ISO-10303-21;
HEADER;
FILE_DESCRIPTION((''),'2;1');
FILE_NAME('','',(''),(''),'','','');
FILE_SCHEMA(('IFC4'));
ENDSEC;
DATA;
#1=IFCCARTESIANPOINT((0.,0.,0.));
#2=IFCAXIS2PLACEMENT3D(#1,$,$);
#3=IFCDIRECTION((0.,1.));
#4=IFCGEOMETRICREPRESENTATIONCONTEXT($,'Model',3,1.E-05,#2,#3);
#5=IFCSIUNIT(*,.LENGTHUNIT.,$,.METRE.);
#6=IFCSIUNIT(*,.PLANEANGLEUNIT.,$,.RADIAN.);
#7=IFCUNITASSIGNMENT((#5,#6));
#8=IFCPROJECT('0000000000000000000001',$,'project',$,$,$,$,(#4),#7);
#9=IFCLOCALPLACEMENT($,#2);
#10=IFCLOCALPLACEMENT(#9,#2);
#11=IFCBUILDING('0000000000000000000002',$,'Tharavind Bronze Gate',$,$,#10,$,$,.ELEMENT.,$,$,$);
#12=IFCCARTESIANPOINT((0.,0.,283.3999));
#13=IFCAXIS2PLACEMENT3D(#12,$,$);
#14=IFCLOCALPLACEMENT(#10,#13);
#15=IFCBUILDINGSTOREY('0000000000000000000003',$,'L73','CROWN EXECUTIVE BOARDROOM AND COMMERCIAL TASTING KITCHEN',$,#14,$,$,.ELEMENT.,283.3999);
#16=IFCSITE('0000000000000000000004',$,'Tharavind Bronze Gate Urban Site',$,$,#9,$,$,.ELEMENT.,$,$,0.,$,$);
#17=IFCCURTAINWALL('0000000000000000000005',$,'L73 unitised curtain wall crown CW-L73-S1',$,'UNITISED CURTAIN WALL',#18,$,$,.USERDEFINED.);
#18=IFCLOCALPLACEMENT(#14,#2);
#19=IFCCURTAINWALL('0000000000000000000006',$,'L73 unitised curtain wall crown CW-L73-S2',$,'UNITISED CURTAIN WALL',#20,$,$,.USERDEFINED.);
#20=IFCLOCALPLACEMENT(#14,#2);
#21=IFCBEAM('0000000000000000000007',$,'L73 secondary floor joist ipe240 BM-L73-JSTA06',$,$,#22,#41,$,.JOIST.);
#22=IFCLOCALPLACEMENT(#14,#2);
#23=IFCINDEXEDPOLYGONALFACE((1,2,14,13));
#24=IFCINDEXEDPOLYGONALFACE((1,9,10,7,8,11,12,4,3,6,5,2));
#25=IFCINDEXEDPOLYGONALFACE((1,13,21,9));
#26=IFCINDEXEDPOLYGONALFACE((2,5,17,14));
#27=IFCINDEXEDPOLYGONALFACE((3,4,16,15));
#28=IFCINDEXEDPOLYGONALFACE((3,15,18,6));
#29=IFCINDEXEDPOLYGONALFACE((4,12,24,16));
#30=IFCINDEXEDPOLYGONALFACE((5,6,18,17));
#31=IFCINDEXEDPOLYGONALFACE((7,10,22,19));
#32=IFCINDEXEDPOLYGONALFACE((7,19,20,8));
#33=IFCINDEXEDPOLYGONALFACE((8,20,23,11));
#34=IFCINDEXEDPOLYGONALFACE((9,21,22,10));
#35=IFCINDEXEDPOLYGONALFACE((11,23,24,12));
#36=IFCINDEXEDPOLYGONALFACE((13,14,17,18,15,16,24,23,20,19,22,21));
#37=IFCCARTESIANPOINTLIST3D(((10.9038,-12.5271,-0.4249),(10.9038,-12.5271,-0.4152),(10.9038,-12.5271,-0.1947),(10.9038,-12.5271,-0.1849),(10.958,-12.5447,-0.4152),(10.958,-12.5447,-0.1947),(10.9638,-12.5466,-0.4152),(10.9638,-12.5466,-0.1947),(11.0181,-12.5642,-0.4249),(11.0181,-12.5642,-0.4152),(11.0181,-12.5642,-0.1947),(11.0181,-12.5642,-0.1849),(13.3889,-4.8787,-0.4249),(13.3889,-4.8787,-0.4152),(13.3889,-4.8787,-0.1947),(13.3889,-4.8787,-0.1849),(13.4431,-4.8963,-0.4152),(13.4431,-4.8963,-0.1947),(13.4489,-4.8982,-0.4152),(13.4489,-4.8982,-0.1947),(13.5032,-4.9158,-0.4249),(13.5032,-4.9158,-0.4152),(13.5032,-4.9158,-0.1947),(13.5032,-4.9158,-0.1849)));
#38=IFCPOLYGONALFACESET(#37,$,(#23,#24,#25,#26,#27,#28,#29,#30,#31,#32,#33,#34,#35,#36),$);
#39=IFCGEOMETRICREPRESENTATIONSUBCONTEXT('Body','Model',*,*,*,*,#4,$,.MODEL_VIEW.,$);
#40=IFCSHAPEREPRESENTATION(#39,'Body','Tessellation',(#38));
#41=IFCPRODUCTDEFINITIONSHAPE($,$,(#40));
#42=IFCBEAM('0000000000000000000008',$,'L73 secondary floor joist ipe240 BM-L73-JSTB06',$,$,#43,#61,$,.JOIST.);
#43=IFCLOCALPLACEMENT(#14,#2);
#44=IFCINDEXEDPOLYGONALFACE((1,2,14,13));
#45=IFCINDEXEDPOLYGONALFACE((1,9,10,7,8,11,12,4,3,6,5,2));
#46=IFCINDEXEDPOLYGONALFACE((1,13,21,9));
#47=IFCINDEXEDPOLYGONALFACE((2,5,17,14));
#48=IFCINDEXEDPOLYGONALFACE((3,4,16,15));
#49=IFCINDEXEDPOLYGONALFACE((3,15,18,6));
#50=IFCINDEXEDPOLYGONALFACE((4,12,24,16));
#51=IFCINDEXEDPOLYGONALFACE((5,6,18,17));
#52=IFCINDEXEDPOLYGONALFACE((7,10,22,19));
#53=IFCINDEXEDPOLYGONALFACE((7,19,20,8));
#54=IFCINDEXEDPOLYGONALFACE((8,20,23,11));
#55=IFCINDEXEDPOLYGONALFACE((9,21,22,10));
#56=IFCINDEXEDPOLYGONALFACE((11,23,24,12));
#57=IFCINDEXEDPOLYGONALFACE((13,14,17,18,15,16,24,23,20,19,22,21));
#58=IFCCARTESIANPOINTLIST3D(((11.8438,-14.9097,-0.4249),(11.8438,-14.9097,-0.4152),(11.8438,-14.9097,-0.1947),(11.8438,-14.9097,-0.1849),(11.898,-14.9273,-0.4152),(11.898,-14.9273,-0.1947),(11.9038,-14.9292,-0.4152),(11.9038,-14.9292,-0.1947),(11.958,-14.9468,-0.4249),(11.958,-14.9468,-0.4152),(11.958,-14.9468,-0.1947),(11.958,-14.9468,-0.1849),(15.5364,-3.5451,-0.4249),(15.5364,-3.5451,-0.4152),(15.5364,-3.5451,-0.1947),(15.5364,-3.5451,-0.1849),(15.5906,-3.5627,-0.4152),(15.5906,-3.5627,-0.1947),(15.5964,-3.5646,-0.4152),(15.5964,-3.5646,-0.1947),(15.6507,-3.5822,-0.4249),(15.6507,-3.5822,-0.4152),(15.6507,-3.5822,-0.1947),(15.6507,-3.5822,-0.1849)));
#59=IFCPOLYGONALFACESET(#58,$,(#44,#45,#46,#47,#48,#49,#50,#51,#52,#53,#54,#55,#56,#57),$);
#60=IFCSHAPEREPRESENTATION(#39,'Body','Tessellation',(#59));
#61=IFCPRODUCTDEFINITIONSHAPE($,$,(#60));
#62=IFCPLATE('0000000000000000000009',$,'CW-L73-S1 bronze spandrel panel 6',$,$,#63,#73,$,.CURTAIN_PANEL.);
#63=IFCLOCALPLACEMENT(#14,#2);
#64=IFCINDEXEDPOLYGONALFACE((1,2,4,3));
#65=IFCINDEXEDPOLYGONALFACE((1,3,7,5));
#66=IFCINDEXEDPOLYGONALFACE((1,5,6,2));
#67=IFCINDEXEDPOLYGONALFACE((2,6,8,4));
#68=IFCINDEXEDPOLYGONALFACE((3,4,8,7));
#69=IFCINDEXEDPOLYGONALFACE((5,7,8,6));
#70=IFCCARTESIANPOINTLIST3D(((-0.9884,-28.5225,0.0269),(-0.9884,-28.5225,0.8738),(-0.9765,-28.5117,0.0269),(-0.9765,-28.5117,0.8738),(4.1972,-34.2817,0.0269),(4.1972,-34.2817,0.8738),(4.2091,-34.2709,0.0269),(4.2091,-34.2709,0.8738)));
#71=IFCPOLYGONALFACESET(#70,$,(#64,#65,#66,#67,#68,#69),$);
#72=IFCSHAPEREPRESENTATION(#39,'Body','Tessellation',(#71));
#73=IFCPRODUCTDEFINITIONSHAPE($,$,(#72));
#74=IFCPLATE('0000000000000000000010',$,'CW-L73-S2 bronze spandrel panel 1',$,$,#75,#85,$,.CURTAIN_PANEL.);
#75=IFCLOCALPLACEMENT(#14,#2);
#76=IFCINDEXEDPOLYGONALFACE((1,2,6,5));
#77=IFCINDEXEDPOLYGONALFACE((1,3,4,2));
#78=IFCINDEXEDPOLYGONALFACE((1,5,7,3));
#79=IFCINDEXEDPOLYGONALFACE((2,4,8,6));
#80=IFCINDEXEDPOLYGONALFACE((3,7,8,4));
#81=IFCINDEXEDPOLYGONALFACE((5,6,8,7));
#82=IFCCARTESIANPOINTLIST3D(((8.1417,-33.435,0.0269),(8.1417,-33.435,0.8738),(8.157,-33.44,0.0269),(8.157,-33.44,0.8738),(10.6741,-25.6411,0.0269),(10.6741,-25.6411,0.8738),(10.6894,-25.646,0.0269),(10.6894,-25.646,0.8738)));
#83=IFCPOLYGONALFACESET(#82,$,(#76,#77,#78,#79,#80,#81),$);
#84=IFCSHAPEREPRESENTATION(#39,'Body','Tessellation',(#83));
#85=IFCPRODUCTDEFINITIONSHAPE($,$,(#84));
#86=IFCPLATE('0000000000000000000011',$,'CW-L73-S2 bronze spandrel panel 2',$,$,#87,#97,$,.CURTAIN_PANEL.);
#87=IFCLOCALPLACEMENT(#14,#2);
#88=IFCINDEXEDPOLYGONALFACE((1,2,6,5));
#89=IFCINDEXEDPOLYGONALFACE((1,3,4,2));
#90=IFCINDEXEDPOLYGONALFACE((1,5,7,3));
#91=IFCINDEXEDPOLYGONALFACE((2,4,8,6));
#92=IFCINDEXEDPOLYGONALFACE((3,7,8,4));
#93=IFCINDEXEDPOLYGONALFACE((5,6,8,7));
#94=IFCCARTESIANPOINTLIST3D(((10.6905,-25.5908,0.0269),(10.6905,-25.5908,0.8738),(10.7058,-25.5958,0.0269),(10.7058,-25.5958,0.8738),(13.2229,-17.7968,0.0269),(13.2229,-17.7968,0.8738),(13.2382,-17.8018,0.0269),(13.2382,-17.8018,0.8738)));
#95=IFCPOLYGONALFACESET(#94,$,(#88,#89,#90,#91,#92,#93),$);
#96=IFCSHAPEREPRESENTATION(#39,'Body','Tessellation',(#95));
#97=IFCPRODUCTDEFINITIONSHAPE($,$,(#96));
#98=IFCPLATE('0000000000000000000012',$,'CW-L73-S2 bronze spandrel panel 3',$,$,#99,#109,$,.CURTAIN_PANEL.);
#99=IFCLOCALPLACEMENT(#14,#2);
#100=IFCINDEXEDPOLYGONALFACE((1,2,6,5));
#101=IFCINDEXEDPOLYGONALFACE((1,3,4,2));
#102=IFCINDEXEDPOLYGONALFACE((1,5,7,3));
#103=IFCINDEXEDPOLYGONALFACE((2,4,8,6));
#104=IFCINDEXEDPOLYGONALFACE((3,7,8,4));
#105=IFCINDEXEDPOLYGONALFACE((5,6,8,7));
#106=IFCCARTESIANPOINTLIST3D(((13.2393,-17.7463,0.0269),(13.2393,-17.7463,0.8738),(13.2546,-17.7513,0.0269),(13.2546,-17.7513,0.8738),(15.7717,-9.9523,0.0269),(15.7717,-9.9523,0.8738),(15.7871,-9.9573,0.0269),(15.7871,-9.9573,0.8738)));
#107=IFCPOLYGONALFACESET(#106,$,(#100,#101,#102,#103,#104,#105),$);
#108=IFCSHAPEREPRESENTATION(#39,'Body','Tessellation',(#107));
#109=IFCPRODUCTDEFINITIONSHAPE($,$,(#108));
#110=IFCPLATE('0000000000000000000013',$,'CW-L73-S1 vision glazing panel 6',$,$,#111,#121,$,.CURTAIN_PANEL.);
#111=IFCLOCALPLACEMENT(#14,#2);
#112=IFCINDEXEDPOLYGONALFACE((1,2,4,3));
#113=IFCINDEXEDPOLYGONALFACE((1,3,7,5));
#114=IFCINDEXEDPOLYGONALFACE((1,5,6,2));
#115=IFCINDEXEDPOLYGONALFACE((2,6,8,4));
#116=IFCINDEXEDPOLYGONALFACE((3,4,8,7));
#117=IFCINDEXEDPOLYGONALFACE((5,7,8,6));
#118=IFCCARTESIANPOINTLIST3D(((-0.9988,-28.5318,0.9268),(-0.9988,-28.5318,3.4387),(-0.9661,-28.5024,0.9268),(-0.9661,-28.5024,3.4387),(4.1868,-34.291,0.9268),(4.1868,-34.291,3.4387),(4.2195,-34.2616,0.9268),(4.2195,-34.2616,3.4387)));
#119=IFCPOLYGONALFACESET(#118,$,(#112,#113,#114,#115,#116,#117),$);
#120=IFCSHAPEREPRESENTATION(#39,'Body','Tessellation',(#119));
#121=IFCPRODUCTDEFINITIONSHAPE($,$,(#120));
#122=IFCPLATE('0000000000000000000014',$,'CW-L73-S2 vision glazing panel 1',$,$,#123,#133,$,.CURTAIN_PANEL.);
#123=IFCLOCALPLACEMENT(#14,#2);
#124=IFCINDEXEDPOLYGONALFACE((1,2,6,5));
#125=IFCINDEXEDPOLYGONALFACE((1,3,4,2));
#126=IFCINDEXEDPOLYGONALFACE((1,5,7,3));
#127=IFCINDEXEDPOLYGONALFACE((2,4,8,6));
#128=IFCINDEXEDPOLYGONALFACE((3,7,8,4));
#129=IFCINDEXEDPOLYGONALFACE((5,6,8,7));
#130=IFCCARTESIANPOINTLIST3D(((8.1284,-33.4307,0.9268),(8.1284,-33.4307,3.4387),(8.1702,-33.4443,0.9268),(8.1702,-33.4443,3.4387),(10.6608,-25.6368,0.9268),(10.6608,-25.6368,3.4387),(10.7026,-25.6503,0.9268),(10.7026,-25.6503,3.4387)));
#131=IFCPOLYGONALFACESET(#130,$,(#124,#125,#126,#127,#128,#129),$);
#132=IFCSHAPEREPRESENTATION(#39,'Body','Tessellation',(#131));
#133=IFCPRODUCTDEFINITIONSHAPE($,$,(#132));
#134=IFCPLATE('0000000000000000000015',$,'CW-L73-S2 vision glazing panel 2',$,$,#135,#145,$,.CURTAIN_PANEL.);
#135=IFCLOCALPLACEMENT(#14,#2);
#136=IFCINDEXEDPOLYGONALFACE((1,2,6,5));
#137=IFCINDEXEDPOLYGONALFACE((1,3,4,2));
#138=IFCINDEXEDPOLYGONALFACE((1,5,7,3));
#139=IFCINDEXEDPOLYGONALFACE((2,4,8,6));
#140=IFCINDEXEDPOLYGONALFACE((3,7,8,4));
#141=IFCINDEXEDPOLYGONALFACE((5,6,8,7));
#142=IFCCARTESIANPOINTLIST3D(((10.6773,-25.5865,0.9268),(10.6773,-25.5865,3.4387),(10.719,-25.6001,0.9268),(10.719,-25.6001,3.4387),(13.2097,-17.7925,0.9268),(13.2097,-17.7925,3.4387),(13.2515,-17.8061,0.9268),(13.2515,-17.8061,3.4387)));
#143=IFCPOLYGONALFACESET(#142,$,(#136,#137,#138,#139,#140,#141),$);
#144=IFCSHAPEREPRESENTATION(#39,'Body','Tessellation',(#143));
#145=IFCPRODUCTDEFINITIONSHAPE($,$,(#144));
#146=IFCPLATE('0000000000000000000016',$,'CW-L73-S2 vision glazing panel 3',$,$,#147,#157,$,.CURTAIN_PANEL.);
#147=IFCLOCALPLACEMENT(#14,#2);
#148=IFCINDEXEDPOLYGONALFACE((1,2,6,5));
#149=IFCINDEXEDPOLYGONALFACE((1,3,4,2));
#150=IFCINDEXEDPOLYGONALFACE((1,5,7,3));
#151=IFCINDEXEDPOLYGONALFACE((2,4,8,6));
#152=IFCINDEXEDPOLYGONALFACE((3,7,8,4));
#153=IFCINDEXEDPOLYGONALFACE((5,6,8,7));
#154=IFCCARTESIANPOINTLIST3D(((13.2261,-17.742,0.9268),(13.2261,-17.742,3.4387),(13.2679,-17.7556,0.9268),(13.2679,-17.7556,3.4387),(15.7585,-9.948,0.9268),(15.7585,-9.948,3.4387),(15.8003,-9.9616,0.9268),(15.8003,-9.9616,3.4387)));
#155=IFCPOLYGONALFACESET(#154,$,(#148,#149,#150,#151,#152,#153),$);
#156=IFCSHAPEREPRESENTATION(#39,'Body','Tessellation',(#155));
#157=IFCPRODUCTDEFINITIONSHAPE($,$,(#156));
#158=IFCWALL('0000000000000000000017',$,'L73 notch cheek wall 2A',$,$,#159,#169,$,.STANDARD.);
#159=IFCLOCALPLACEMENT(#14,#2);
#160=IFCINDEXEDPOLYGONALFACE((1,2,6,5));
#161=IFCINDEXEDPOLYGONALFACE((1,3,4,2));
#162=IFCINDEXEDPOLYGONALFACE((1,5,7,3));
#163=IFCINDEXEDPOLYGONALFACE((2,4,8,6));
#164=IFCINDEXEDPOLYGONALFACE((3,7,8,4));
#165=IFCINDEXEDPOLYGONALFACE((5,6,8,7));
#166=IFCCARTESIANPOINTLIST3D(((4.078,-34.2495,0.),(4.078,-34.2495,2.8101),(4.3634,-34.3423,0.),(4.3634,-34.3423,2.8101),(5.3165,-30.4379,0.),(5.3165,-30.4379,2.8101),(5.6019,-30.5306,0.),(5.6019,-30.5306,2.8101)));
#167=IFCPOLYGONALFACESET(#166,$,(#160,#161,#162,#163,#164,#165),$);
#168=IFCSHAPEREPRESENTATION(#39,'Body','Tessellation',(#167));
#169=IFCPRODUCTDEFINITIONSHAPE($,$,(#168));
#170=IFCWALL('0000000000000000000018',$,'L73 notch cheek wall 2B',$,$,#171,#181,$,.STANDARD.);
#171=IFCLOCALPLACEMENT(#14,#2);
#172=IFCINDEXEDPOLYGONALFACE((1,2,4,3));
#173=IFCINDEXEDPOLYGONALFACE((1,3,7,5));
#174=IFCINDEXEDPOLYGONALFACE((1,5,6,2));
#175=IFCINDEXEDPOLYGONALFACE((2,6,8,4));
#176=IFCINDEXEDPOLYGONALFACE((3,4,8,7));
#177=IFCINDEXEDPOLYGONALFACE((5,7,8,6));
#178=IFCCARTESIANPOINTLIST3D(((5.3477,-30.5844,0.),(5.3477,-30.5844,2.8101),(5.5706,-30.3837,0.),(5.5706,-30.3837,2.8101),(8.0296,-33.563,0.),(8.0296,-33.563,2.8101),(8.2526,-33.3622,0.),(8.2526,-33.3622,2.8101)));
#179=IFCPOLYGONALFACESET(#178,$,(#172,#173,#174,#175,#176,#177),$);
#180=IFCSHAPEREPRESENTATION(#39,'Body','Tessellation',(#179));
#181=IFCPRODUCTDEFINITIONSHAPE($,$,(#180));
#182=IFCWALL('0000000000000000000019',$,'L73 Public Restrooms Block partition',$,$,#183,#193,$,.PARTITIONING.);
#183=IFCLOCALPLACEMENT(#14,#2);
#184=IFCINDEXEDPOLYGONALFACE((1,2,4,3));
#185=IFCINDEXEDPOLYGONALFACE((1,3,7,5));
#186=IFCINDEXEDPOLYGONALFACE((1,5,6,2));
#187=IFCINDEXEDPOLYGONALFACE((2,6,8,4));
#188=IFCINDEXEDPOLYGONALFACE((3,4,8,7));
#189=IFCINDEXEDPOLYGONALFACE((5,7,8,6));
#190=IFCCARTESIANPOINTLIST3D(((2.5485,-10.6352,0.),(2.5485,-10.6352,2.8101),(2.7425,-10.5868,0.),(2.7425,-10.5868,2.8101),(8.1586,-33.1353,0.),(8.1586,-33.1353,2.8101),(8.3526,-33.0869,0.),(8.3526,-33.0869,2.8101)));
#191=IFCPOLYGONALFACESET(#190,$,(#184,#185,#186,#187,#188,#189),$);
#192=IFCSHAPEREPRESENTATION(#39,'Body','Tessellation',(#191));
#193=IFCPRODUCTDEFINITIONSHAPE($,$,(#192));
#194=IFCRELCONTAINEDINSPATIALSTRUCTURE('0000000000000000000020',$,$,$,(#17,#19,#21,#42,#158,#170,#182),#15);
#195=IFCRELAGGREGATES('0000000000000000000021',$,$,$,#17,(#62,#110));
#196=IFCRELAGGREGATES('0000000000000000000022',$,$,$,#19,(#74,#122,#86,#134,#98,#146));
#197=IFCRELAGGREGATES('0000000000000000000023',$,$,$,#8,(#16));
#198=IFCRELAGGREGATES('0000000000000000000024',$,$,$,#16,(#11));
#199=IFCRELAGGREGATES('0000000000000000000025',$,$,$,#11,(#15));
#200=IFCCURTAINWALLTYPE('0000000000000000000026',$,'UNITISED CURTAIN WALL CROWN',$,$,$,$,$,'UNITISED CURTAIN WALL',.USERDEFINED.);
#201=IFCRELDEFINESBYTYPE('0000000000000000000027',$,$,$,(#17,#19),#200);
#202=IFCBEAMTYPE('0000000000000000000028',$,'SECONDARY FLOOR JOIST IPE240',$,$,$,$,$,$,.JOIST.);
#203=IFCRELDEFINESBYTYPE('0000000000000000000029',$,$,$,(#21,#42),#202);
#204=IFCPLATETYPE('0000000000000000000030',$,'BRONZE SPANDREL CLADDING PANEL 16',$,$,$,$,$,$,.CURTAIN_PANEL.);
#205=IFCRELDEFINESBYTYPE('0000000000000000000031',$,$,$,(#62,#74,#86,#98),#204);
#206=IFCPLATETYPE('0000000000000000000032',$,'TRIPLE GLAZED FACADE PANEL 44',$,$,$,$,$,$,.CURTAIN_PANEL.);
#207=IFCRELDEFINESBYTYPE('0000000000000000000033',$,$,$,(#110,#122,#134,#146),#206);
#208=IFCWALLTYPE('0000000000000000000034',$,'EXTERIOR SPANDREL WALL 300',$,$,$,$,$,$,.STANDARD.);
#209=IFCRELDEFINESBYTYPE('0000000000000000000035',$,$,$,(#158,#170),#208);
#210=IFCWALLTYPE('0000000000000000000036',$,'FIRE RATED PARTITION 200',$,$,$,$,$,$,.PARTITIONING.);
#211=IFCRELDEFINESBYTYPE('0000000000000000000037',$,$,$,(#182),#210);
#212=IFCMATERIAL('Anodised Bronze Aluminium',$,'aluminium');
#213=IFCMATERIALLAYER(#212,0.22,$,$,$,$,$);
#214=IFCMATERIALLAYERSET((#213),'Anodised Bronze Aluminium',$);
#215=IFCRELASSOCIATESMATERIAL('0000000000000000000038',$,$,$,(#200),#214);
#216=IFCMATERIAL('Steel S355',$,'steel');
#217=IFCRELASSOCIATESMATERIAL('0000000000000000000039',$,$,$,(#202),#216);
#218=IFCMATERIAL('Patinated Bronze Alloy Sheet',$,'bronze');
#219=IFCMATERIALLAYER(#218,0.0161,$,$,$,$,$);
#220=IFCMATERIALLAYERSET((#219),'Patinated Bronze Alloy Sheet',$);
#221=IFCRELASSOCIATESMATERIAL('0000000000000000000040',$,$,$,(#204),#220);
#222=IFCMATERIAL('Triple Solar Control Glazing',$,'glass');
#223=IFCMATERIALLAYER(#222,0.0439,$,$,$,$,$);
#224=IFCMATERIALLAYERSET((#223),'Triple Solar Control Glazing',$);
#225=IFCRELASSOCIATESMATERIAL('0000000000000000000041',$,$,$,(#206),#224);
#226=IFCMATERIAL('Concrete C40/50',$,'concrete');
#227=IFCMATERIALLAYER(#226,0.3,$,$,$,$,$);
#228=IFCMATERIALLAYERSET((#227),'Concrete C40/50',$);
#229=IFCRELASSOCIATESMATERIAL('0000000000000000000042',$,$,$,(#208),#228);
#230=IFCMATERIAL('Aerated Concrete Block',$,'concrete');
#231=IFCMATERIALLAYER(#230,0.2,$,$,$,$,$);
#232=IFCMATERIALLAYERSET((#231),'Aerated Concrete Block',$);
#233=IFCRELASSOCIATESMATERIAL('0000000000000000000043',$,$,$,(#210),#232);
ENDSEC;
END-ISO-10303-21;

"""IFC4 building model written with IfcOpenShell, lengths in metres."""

from ifc_helpers import new_model, si_unit, direction, frame, frame_2d, origin, origin_2d, place, context, subcontext, project, spatial, rectangle, i_section, extrude, material, layer, layer_set, material_profile, profile_set, type_object, element, aggregate, save


model = new_model("IFC4")

# Units and contexts
model_context = context("Model", 3, precision=1e-05, world=origin(), true_north=direction((0.0, 1.0)))
body_context = subcontext(model_context, "Body", "Model", "MODEL_VIEW")
ifc_project = project(units=[si_unit("LENGTHUNIT", "METRE"), si_unit("PLANEANGLEUNIT", "RADIAN")], contexts=[model_context])

# Site, building, storey
site_placement = place(None, origin())
site = spatial("IfcSite", under=ifc_project, at=site_placement, Name="Tharavind Bronze Gate Urban Site", CompositionType="ELEMENT", RefElevation=0.0)
building_placement = place(site_placement, origin())
building = spatial("IfcBuilding", under=site, at=building_placement, Name="Tharavind Bronze Gate", CompositionType="ELEMENT")
storey_placement = place(building_placement, frame((0.0, 0.0, 283.3999)))
storey = spatial("IfcBuildingStorey", under=building, at=storey_placement, Name="L73", Description="CROWN EXECUTIVE BOARDROOM AND COMMERCIAL TASTING KITCHEN", CompositionType="ELEMENT", Elevation=283.3999)

# Curtain wall
ifc_material_1 = material(Name="Anodised Bronze Aluminium", Category="aluminium")
ifc_layer_1 = layer(ifc_material_1, 0.22)
ifc_layer_set_1 = layer_set([ifc_layer_1], Name="Anodised Bronze Aluminium")
curtain_wall_type = type_object("IfcCurtainWallType", Name="UNITISED CURTAIN WALL CROWN", ElementType="UNITISED CURTAIN WALL", PredefinedType="USERDEFINED", material=ifc_layer_set_1)
curtain_wall_1_placement = place(storey_placement, origin())
curtain_wall_1 = element("IfcCurtainWall", 1, at=curtain_wall_1_placement, inside=storey, type_object=curtain_wall_type, Name="L73 unitised curtain wall crown CW-L73-S1", ObjectType="UNITISED CURTAIN WALL", PredefinedType="USERDEFINED")

# Curtain wall
curtain_wall_2_placement = place(storey_placement, origin())
curtain_wall_2 = element("IfcCurtainWall", 2, at=curtain_wall_2_placement, inside=storey, type_object=curtain_wall_type, Name="L73 unitised curtain wall crown CW-L73-S2", ObjectType="UNITISED CURTAIN WALL", PredefinedType="USERDEFINED")

# Beams
ifc_material_2 = material(Name="Steel S355", Category="steel")
ifc_material_profile_1 = material_profile(ifc_material_2, i_section(OverallWidth=0.1201, OverallDepth=0.24, WebThickness=0.0061, FlangeThickness=0.0098, at=origin_2d()), Name="IPE240")
ifc_profile_set_1 = profile_set([ifc_material_profile_1], Name="Steel S355")
beam_type_1 = type_object("IfcBeamType", Name="SECONDARY FLOOR JOIST IPE240", PredefinedType="JOIST", material=ifc_profile_set_1)
beam_1_placement = place(storey_placement, frame((10.9609, -12.5457, -0.3049), z_axis=(0.309015, 0.951057, 0.0), x_axis=(-0.951057, 0.309015, 0.0)))
element("IfcBeam", 3, at=beam_1_placement, inside=storey, type_object=beam_type_1, Name="L73 secondary floor joist ipe240 BM-L73-JSTA06", PredefinedType="JOIST", context=body_context, shape_type="SweptSolid", body=[
    extrude(i_section(OverallWidth=0.1201, OverallDepth=0.24, WebThickness=0.0061, FlangeThickness=0.0098, at=origin_2d()), origin(), (0.0, 0.0, 1.0), 8.042),
])
beam_2_placement = place(storey_placement, frame((11.9009, -14.9282, -0.3049), z_axis=(0.309023, 0.951055, 0.0), x_axis=(-0.951055, 0.309023, 0.0)))
element("IfcBeam", 4, at=beam_2_placement, inside=storey, type_object=beam_type_1, Name="L73 secondary floor joist ipe240 BM-L73-JSTB06", PredefinedType="JOIST", context=body_context, shape_type="SweptSolid", body=[
    extrude(i_section(OverallWidth=0.1201, OverallDepth=0.24, WebThickness=0.0061, FlangeThickness=0.0098, at=origin_2d()), origin(), (0.0, 0.0, 1.0), 11.9495),
])

# Plates
ifc_material_3 = material(Name="Patinated Bronze Alloy Sheet", Category="bronze")
ifc_layer_2 = layer(ifc_material_3, 0.0161)
ifc_layer_set_2 = layer_set([ifc_layer_2], Name="Patinated Bronze Alloy Sheet")
plate_type_1 = type_object("IfcPlateType", Name="BRONZE SPANDREL CLADDING PANEL 16", PredefinedType="CURTAIN_PANEL", material=ifc_layer_set_2)
plate_1_placement = place(storey_placement, frame((1.6104, -31.3967, 0.0269), z_axis=(0.0, 0.0, 1.0), x_axis=(0.669131, -0.743145, 0.0)))
plate_1 = element("IfcPlate", 5, at=plate_1_placement, type_object=plate_type_1, Name="CW-L73-S1 bronze spandrel panel 6", PredefinedType="CURTAIN_PANEL", context=body_context, shape_type="SweptSolid", body=[
    extrude(rectangle(XDim=7.7498, YDim=0.0161, at=origin_2d()), origin(), (0.0, 0.0, 1.0), 0.8469),
])
plate_2_placement = place(storey_placement, frame((9.4155, -29.5405, 0.0269), z_axis=(0.0, 0.0, 1.0), x_axis=(0.309017, 0.951057, 0.0)))
plate_2 = element("IfcPlate", 6, at=plate_2_placement, type_object=plate_type_1, Name="CW-L73-S2 bronze spandrel panel 1", PredefinedType="CURTAIN_PANEL", context=body_context, shape_type="SweptSolid", body=[
    extrude(rectangle(XDim=8.1951, YDim=0.0161, at=origin_2d()), origin(), (0.0, 0.0, 1.0), 0.8469),
])
plate_3_placement = place(storey_placement, frame((11.9644, -21.6963, 0.0269), z_axis=(0.0, 0.0, 1.0), x_axis=(0.309017, 0.951057, 0.0)))
plate_3 = element("IfcPlate", 7, at=plate_3_placement, type_object=plate_type_1, Name="CW-L73-S2 bronze spandrel panel 2", PredefinedType="CURTAIN_PANEL", context=body_context, shape_type="SweptSolid", body=[
    extrude(rectangle(XDim=8.1951, YDim=0.0161, at=origin_2d()), origin(), (0.0, 0.0, 1.0), 0.8469),
])
plate_4_placement = place(storey_placement, frame((14.5132, -13.8518, 0.0269), z_axis=(0.0, 0.0, 1.0), x_axis=(0.309017, 0.951057, 0.0)))
plate_4 = element("IfcPlate", 8, at=plate_4_placement, type_object=plate_type_1, Name="CW-L73-S2 bronze spandrel panel 3", PredefinedType="CURTAIN_PANEL", context=body_context, shape_type="SweptSolid", body=[
    extrude(rectangle(XDim=8.1951, YDim=0.0161, at=origin_2d()), origin(), (0.0, 0.0, 1.0), 0.8469),
])
ifc_material_4 = material(Name="Triple Solar Control Glazing", Category="glass")
ifc_layer_3 = layer(ifc_material_4, 0.0439)
ifc_layer_set_3 = layer_set([ifc_layer_3], Name="Triple Solar Control Glazing")
plate_type_2 = type_object("IfcPlateType", Name="TRIPLE GLAZED FACADE PANEL 44", PredefinedType="CURTAIN_PANEL", material=ifc_layer_set_3)
plate_5_placement = place(storey_placement, frame((1.6104, -31.3967, 0.9268), z_axis=(0.0, 0.0, 1.0), x_axis=(0.669131, -0.743145, 0.0)))
plate_5 = element("IfcPlate", 9, at=plate_5_placement, type_object=plate_type_2, Name="CW-L73-S1 vision glazing panel 6", PredefinedType="CURTAIN_PANEL", context=body_context, shape_type="SweptSolid", body=[
    extrude(rectangle(XDim=7.7498, YDim=0.0439, at=origin_2d()), origin(), (0.0, 0.0, 1.0), 2.512),
])
aggregate(curtain_wall_1, [plate_1, plate_5])
plate_6_placement = place(storey_placement, frame((9.4155, -29.5405, 0.9268), z_axis=(0.0, 0.0, 1.0), x_axis=(0.309017, 0.951057, 0.0)))
plate_6 = element("IfcPlate", 10, at=plate_6_placement, type_object=plate_type_2, Name="CW-L73-S2 vision glazing panel 1", PredefinedType="CURTAIN_PANEL", context=body_context, shape_type="SweptSolid", body=[
    extrude(rectangle(XDim=8.1951, YDim=0.0439, at=origin_2d()), origin(), (0.0, 0.0, 1.0), 2.512),
])
plate_7_placement = place(storey_placement, frame((11.9644, -21.6963, 0.9268), z_axis=(0.0, 0.0, 1.0), x_axis=(0.309017, 0.951057, 0.0)))
plate_7 = element("IfcPlate", 11, at=plate_7_placement, type_object=plate_type_2, Name="CW-L73-S2 vision glazing panel 2", PredefinedType="CURTAIN_PANEL", context=body_context, shape_type="SweptSolid", body=[
    extrude(rectangle(XDim=8.1951, YDim=0.0439, at=origin_2d()), origin(), (0.0, 0.0, 1.0), 2.512),
])
plate_8_placement = place(storey_placement, frame((14.5132, -13.8518, 0.9268), z_axis=(0.0, 0.0, 1.0), x_axis=(0.309017, 0.951057, 0.0)))
plate_8 = element("IfcPlate", 12, at=plate_8_placement, type_object=plate_type_2, Name="CW-L73-S2 vision glazing panel 3", PredefinedType="CURTAIN_PANEL", context=body_context, shape_type="SweptSolid", body=[
    extrude(rectangle(XDim=8.1951, YDim=0.0439, at=origin_2d()), origin(), (0.0, 0.0, 1.0), 2.512),
])
aggregate(curtain_wall_2, [plate_2, plate_6, plate_3, plate_7, plate_4, plate_8])

# Walls
ifc_material_5 = material(Name="Concrete C40/50", Category="concrete")
ifc_layer_4 = layer(ifc_material_5, 0.3)
ifc_layer_set_4 = layer_set([ifc_layer_4], Name="Concrete C40/50")
wall_type_1 = type_object("IfcWallType", Name="EXTERIOR SPANDREL WALL 300", PredefinedType="STANDARD", material=ifc_layer_set_4)
wall_1_placement = place(storey_placement, frame((4.2207, -34.2959, 0.0), z_axis=(0.0, 0.0, 1.0), x_axis=(0.309019, 0.951056, 0.0)))
element("IfcWall", 13, at=wall_1_placement, inside=storey, type_object=wall_type_1, Name="L73 notch cheek wall 2A", PredefinedType="STANDARD", context=body_context, shape_type="SweptSolid", body=[
    extrude(rectangle(XDim=4.0078, YDim=0.3, at=frame_2d((2.0039, 0.0))), origin(), (0.0, 0.0, 1.0), 2.8101),
])
wall_2_placement = place(storey_placement, frame((5.4592, -30.4841, 0.0), z_axis=(0.0, 0.0, 1.0), x_axis=(0.669133, -0.743143, 0.0)))
element("IfcWall", 14, at=wall_2_placement, inside=storey, type_object=wall_type_1, Name="L73 notch cheek wall 2B", PredefinedType="STANDARD", context=body_context, shape_type="SweptSolid", body=[
    extrude(rectangle(XDim=4.0081, YDim=0.3, at=frame_2d((2.0039, 0.0))), origin(), (0.0, 0.0, 1.0), 2.8101),
])
ifc_material_6 = material(Name="Aerated Concrete Block", Category="concrete")
ifc_layer_5 = layer(ifc_material_6, 0.2)
ifc_layer_set_5 = layer_set([ifc_layer_5], Name="Aerated Concrete Block")
wall_type_2 = type_object("IfcWallType", Name="FIRE RATED PARTITION 200", PredefinedType="PARTITIONING", material=ifc_layer_set_5)
wall_3_placement = place(storey_placement, frame((8.2556, -33.1111, 0.0), z_axis=(0.0, 0.0, 1.0), x_axis=(-0.241931, 0.970293, 0.0)))
element("IfcWall", 15, at=wall_3_placement, inside=storey, type_object=wall_type_2, Name="L73 Public Restrooms Block partition", PredefinedType="PARTITIONING", context=body_context, shape_type="SweptSolid", body=[
    extrude(rectangle(XDim=23.189, YDim=0.2, at=frame_2d((11.5945, 0.0))), origin(), (0.0, 0.0, 1.0), 2.8101),
])

save(model, "model.ifc")
